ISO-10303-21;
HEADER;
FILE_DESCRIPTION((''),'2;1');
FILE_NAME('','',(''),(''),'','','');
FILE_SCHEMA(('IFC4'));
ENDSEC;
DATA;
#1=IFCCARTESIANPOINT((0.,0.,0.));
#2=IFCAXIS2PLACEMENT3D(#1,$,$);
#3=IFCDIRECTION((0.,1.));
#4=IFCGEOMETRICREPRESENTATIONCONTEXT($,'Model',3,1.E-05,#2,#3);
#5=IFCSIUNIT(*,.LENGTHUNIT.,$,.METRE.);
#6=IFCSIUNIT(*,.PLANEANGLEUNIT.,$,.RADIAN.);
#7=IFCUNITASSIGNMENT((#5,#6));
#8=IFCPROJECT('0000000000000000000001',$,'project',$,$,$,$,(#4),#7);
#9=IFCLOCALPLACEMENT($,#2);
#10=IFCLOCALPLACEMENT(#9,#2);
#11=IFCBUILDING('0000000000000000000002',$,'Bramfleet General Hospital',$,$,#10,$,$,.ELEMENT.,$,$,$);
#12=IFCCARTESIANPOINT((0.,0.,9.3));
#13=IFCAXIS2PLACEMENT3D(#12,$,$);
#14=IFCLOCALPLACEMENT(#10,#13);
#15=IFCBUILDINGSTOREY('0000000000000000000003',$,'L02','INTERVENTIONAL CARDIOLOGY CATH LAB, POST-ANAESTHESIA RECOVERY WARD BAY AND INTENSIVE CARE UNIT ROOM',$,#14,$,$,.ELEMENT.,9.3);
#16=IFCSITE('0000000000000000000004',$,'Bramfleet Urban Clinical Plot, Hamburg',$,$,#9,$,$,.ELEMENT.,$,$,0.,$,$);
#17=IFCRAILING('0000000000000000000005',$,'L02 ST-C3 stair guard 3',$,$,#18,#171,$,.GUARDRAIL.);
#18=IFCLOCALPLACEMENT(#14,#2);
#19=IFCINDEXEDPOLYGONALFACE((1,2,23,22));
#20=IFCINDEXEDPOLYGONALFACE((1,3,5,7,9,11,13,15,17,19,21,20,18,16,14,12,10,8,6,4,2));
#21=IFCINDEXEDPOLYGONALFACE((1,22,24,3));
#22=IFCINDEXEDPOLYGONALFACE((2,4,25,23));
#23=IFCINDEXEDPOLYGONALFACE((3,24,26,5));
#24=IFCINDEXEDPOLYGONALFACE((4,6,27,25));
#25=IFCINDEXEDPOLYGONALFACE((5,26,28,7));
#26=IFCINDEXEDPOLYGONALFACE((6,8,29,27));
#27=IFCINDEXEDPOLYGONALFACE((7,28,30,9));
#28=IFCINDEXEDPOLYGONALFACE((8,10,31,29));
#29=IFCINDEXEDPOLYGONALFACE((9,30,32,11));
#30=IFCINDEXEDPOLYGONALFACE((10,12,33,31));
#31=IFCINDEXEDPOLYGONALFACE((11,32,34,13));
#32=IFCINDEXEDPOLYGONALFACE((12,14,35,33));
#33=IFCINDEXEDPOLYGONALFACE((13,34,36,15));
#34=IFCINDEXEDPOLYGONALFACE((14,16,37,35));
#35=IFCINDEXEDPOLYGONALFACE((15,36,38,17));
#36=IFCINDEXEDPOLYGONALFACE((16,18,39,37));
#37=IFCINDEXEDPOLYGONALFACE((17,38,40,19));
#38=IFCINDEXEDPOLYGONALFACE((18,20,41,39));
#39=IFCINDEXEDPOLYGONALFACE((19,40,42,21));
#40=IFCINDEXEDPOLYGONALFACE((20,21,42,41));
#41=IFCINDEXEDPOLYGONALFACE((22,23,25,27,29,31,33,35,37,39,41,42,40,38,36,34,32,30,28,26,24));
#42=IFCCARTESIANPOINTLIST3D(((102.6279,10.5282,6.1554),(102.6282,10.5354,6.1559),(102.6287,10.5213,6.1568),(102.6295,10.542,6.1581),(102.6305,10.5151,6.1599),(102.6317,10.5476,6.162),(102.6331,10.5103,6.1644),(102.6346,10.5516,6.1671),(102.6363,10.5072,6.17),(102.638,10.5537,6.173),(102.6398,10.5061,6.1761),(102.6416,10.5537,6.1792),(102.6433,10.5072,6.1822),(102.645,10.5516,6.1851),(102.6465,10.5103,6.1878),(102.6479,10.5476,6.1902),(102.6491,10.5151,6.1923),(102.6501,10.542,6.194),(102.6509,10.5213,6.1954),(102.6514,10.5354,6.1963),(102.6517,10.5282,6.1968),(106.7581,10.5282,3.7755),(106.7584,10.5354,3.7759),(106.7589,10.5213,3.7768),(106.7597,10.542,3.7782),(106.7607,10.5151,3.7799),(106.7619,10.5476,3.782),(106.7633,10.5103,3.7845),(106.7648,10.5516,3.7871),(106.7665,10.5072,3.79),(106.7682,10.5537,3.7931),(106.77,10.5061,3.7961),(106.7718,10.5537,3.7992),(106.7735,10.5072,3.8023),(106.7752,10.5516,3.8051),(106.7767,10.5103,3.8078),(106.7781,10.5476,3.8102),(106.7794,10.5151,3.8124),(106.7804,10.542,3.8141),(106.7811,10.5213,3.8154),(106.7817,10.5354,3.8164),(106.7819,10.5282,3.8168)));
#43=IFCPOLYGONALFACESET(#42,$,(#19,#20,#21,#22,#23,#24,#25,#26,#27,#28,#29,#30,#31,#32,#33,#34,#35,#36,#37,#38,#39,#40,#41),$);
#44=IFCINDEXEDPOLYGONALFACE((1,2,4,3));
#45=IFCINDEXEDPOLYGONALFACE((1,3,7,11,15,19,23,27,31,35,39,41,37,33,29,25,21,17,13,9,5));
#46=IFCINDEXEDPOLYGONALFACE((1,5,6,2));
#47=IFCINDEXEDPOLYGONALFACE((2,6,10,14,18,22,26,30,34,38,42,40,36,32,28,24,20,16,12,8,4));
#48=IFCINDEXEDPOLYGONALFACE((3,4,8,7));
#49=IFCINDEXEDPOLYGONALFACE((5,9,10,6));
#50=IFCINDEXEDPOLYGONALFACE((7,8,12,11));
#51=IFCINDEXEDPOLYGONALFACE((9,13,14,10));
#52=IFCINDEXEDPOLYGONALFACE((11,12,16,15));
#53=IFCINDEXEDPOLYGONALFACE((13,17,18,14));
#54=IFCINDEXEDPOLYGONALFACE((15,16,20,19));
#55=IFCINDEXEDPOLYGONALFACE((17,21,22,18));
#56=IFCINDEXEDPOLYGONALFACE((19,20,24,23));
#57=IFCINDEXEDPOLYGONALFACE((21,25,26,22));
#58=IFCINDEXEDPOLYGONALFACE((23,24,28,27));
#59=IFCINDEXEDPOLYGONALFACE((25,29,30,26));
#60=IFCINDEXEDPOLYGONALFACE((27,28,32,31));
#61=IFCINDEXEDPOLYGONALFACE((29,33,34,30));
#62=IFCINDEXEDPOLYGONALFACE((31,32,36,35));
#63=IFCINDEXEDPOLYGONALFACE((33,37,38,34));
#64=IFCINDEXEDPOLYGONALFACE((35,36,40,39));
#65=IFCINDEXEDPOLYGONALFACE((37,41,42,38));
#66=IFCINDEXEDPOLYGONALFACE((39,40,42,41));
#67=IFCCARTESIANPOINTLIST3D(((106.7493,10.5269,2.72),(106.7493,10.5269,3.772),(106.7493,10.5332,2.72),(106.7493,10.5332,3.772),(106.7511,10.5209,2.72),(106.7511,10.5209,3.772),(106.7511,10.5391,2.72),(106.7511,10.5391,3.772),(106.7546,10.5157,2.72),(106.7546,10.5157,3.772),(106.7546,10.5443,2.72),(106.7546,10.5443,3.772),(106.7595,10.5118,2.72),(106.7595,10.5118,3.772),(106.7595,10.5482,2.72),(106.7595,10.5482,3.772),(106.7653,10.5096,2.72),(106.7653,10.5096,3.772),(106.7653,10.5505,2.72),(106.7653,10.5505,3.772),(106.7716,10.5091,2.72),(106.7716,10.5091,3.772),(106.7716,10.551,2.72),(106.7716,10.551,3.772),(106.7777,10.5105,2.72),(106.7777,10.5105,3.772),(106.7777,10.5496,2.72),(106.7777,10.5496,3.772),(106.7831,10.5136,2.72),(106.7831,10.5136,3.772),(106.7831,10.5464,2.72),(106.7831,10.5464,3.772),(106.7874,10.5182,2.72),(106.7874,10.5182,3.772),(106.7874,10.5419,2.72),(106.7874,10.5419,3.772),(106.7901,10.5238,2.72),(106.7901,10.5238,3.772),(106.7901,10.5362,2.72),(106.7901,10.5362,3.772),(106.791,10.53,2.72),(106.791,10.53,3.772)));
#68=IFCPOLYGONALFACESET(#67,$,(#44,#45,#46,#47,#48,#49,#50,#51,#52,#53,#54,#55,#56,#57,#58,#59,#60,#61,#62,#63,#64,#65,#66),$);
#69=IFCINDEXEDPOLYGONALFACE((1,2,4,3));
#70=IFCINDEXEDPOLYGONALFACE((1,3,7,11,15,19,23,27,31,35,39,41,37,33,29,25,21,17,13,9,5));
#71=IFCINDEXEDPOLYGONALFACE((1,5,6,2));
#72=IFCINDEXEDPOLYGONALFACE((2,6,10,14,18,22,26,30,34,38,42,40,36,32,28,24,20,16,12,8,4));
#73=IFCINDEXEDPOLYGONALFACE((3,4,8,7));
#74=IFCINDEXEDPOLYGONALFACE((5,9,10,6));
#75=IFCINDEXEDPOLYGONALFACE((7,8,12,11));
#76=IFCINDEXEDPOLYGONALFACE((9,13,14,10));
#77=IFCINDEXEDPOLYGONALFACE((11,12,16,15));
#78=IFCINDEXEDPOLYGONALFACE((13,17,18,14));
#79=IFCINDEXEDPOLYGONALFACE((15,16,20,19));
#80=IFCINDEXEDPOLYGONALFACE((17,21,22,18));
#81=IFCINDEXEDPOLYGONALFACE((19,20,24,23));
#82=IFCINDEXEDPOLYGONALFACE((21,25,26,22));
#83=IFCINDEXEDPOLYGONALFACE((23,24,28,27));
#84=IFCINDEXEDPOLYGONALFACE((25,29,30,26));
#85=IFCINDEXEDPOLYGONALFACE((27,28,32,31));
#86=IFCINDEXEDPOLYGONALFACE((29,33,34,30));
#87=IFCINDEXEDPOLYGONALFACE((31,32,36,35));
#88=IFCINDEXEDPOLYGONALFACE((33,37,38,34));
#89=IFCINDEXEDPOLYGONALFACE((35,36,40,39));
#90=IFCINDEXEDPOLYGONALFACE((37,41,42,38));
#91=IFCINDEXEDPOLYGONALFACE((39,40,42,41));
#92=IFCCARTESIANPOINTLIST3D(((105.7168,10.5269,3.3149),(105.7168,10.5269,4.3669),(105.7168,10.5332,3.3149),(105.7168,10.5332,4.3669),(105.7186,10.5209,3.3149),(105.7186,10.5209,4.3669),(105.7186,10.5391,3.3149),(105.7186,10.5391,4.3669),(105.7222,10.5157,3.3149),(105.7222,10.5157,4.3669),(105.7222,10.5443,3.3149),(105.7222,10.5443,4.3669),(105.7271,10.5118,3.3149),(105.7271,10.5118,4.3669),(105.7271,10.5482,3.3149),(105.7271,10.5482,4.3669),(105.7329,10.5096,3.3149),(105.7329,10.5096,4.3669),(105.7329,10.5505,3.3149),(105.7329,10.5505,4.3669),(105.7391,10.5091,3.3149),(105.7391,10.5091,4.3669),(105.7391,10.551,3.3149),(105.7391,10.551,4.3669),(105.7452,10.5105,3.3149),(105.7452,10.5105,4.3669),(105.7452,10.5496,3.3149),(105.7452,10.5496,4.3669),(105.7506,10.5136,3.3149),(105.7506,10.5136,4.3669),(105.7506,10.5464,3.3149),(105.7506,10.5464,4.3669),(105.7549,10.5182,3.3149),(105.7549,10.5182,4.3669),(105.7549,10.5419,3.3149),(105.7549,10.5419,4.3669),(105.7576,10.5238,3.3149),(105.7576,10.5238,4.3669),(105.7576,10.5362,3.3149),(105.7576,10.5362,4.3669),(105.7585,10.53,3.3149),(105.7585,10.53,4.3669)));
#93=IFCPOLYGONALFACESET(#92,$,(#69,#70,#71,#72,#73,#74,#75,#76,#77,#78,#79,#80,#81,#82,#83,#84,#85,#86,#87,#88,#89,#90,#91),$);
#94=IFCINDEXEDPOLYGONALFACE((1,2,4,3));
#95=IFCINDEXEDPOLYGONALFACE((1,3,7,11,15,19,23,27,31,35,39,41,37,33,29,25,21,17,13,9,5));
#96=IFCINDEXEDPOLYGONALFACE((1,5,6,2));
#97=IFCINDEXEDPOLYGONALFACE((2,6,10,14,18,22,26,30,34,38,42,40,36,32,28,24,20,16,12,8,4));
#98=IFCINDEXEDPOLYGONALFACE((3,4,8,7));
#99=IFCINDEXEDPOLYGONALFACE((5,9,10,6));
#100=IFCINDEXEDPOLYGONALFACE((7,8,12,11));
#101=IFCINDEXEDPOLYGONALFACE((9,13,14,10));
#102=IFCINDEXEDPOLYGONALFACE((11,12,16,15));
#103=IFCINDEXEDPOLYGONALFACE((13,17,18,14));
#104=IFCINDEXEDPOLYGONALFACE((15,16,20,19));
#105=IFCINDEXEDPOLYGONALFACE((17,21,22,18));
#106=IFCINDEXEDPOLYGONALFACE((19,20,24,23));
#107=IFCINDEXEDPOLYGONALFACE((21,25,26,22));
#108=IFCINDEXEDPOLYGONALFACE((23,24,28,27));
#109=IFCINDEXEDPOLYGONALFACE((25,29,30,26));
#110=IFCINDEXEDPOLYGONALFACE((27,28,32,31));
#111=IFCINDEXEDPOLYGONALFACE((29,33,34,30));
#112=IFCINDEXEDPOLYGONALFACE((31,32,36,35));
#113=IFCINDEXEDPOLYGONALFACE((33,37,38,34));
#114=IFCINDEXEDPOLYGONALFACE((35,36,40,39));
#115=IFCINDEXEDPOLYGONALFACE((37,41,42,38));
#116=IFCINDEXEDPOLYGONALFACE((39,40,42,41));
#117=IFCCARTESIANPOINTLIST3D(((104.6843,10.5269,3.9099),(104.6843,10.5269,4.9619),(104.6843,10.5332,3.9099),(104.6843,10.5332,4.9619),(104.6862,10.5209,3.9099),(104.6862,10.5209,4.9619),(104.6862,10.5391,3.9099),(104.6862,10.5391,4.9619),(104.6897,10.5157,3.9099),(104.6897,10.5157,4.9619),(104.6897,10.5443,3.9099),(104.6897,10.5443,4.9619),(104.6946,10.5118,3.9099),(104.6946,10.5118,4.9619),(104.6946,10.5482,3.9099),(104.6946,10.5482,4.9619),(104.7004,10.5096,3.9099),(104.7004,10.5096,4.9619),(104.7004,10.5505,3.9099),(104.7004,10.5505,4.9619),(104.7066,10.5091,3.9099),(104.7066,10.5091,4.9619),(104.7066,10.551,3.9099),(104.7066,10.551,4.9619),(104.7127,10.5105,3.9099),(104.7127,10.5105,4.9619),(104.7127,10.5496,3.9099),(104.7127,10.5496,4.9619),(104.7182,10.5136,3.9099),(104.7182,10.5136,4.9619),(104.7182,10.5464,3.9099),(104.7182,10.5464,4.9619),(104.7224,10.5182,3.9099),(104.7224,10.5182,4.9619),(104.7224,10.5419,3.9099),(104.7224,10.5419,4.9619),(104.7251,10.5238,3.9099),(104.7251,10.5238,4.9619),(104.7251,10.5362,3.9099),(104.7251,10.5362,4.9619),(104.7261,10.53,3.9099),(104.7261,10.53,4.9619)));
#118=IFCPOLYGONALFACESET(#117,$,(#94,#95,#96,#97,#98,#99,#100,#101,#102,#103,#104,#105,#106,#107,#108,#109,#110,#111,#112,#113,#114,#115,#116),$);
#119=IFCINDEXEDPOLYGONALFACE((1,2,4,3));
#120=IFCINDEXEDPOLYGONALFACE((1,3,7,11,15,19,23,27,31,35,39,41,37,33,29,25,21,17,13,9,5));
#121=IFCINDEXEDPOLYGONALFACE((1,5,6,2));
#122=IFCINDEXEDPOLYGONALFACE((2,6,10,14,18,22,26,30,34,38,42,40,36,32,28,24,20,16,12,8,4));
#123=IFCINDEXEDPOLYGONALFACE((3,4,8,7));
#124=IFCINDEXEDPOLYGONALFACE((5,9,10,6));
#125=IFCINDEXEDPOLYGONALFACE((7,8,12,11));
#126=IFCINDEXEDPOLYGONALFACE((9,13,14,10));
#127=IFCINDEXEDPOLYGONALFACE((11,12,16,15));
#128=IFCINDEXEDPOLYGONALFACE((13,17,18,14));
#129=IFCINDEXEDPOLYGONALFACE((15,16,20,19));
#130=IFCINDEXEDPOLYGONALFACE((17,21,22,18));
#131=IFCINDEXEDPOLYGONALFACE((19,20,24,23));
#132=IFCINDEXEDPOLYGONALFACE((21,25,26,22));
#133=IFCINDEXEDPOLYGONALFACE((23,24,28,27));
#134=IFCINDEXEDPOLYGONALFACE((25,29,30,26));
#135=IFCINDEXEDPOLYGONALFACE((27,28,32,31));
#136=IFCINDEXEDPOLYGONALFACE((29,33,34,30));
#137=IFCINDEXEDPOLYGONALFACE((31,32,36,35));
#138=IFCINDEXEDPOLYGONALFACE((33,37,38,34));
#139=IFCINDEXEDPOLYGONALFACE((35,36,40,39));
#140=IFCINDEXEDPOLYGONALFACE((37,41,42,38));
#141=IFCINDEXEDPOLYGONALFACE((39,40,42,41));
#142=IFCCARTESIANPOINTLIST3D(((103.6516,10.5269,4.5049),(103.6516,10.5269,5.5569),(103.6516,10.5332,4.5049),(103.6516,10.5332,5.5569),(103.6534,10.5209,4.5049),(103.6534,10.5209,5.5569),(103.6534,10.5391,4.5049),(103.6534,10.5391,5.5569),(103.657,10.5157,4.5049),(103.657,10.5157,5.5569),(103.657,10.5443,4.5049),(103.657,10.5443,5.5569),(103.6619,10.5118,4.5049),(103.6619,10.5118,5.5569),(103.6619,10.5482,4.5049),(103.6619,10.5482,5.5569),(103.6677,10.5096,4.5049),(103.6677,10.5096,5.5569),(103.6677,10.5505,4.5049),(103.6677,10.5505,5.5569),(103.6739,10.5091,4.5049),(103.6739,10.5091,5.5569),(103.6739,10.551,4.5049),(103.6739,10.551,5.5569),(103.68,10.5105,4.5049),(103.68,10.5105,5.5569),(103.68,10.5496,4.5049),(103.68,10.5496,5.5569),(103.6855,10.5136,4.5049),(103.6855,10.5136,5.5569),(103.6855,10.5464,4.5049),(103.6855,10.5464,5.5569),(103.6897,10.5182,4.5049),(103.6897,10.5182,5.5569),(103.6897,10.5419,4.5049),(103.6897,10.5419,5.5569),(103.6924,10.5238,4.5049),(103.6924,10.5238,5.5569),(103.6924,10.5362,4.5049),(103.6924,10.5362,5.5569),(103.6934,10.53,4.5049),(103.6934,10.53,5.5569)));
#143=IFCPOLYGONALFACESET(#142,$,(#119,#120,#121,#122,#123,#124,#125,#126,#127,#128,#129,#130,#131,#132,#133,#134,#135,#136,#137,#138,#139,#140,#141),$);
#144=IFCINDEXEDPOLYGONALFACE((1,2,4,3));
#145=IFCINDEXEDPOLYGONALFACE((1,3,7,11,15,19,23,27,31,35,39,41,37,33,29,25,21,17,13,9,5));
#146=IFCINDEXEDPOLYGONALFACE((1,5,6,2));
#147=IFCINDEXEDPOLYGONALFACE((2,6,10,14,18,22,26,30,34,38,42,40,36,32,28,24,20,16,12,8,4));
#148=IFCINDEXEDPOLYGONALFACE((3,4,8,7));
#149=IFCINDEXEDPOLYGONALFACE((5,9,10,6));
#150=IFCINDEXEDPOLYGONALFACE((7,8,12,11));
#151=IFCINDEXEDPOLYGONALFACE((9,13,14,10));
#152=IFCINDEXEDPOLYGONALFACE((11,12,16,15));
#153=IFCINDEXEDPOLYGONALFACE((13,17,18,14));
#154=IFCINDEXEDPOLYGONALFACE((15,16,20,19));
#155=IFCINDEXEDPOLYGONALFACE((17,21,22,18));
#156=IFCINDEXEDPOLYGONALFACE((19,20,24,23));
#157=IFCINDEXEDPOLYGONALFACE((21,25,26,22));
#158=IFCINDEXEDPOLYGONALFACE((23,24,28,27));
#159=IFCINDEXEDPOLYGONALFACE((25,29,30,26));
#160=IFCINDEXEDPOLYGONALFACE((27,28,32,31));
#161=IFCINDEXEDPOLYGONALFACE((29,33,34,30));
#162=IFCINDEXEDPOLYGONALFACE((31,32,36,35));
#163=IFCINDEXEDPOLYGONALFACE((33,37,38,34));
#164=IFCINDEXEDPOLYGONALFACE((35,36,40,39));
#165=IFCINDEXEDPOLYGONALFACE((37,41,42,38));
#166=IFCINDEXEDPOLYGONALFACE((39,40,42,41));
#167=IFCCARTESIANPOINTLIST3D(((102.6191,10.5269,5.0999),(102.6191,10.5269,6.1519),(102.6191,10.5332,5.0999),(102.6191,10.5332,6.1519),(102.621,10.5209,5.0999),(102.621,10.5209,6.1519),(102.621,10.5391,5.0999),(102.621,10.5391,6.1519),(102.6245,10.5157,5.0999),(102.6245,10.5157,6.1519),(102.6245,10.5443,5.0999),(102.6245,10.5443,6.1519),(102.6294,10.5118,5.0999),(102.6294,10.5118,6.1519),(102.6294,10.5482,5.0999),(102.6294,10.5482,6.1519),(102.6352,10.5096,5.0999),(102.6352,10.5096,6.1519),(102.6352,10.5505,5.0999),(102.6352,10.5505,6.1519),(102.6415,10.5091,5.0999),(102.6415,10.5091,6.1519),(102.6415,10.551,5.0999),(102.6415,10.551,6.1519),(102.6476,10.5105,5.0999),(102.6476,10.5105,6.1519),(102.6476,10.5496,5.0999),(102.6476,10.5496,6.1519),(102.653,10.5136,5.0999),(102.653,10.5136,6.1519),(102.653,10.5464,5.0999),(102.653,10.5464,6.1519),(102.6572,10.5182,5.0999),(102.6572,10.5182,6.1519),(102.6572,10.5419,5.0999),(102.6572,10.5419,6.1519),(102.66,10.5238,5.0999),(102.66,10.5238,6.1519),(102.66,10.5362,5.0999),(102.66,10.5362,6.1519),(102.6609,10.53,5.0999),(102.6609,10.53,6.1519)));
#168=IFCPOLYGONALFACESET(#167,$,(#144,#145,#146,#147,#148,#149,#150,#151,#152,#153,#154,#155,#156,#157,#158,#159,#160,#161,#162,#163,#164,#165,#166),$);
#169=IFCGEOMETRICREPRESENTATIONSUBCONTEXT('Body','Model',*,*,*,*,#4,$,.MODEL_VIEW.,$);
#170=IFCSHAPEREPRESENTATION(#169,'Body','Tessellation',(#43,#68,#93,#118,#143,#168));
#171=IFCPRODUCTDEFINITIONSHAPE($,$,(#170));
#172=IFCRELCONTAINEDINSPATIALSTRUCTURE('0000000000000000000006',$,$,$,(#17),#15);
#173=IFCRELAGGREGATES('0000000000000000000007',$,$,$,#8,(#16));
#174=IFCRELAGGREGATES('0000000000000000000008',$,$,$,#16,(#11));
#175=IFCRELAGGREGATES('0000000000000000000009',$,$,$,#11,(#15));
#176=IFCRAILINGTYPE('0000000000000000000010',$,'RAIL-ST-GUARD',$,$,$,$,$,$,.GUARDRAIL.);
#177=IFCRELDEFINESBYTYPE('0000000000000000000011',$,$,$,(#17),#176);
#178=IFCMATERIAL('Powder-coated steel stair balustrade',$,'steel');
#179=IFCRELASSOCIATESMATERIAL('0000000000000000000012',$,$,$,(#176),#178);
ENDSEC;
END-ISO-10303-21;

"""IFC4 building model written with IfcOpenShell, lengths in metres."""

from ifc_helpers import new_model, si_unit, direction, frame, origin, origin_2d, place, context, subcontext, project, spatial, circle, extrude, material, type_object, element, save


model = new_model("IFC4")

# Units and contexts
model_context = context("Model", 3, precision=1e-05, world=origin(), true_north=direction((0.0, 1.0)))
body_context = subcontext(model_context, "Body", "Model", "MODEL_VIEW")
ifc_project = project(units=[si_unit("LENGTHUNIT", "METRE"), si_unit("PLANEANGLEUNIT", "RADIAN")], contexts=[model_context])

# Site, building, storey
site_placement = place(None, origin())
site = spatial("IfcSite", under=ifc_project, at=site_placement, Name="Bramfleet Urban Clinical Plot, Hamburg", CompositionType="ELEMENT", RefElevation=0.0)
building_placement = place(site_placement, origin())
building = spatial("IfcBuilding", under=site, at=building_placement, Name="Bramfleet General Hospital", CompositionType="ELEMENT")
storey_placement = place(building_placement, frame((0.0, 0.0, 9.3)))
storey = spatial("IfcBuildingStorey", under=building, at=storey_placement, Name="L02", Description="INTERVENTIONAL CARDIOLOGY CATH LAB, POST-ANAESTHESIA RECOVERY WARD BAY AND INTENSIVE CARE UNIT ROOM", CompositionType="ELEMENT", Elevation=9.3)

# Railing
ifc_material_1 = material(Name="Powder-coated steel stair balustrade", Category="steel")
railing_type_1 = type_object("IfcRailingType", Name="RAIL-ST-GUARD", PredefinedType="GUARDRAIL", material=ifc_material_1)
railing_1_placement = place(storey_placement, frame((106.77, 10.53, 2.72)))
element("IfcRailing", 1, at=railing_1_placement, inside=storey, type_object=railing_type_1, Name="L02 ST-C3 stair guard 3", PredefinedType="GUARDRAIL", context=body_context, shape_type="SweptSolid", body=[
    extrude(circle(Radius=0.0239, at=origin_2d()), frame((0.0, 0.0, 1.0762), z_axis=(-0.866447, 0.0, 0.499269), x_axis=(0.0, -1.0, 0.0)), (0.0, 0.0, 1.0), 4.7668),
    extrude(circle(Radius=0.021, at=origin_2d()), origin(), (0.0, 0.0, 1.0), 1.052),
    extrude(circle(Radius=0.021, at=origin_2d()), frame((-1.0325, 0.0, 0.595)), (0.0, 0.0, 1.0), 1.052),
    extrude(circle(Radius=0.021, at=origin_2d()), frame((-2.0649, 0.0, 1.1899)), (0.0, 0.0, 1.0), 1.052),
    extrude(circle(Radius=0.021, at=origin_2d()), frame((-3.0977, 0.0, 1.7849)), (0.0, 0.0, 1.0), 1.052),
    extrude(circle(Radius=0.021, at=origin_2d()), frame((-4.1301, 0.0, 2.3799)), (0.0, 0.0, 1.0), 1.052),
])

save(model, "model.ifc")
